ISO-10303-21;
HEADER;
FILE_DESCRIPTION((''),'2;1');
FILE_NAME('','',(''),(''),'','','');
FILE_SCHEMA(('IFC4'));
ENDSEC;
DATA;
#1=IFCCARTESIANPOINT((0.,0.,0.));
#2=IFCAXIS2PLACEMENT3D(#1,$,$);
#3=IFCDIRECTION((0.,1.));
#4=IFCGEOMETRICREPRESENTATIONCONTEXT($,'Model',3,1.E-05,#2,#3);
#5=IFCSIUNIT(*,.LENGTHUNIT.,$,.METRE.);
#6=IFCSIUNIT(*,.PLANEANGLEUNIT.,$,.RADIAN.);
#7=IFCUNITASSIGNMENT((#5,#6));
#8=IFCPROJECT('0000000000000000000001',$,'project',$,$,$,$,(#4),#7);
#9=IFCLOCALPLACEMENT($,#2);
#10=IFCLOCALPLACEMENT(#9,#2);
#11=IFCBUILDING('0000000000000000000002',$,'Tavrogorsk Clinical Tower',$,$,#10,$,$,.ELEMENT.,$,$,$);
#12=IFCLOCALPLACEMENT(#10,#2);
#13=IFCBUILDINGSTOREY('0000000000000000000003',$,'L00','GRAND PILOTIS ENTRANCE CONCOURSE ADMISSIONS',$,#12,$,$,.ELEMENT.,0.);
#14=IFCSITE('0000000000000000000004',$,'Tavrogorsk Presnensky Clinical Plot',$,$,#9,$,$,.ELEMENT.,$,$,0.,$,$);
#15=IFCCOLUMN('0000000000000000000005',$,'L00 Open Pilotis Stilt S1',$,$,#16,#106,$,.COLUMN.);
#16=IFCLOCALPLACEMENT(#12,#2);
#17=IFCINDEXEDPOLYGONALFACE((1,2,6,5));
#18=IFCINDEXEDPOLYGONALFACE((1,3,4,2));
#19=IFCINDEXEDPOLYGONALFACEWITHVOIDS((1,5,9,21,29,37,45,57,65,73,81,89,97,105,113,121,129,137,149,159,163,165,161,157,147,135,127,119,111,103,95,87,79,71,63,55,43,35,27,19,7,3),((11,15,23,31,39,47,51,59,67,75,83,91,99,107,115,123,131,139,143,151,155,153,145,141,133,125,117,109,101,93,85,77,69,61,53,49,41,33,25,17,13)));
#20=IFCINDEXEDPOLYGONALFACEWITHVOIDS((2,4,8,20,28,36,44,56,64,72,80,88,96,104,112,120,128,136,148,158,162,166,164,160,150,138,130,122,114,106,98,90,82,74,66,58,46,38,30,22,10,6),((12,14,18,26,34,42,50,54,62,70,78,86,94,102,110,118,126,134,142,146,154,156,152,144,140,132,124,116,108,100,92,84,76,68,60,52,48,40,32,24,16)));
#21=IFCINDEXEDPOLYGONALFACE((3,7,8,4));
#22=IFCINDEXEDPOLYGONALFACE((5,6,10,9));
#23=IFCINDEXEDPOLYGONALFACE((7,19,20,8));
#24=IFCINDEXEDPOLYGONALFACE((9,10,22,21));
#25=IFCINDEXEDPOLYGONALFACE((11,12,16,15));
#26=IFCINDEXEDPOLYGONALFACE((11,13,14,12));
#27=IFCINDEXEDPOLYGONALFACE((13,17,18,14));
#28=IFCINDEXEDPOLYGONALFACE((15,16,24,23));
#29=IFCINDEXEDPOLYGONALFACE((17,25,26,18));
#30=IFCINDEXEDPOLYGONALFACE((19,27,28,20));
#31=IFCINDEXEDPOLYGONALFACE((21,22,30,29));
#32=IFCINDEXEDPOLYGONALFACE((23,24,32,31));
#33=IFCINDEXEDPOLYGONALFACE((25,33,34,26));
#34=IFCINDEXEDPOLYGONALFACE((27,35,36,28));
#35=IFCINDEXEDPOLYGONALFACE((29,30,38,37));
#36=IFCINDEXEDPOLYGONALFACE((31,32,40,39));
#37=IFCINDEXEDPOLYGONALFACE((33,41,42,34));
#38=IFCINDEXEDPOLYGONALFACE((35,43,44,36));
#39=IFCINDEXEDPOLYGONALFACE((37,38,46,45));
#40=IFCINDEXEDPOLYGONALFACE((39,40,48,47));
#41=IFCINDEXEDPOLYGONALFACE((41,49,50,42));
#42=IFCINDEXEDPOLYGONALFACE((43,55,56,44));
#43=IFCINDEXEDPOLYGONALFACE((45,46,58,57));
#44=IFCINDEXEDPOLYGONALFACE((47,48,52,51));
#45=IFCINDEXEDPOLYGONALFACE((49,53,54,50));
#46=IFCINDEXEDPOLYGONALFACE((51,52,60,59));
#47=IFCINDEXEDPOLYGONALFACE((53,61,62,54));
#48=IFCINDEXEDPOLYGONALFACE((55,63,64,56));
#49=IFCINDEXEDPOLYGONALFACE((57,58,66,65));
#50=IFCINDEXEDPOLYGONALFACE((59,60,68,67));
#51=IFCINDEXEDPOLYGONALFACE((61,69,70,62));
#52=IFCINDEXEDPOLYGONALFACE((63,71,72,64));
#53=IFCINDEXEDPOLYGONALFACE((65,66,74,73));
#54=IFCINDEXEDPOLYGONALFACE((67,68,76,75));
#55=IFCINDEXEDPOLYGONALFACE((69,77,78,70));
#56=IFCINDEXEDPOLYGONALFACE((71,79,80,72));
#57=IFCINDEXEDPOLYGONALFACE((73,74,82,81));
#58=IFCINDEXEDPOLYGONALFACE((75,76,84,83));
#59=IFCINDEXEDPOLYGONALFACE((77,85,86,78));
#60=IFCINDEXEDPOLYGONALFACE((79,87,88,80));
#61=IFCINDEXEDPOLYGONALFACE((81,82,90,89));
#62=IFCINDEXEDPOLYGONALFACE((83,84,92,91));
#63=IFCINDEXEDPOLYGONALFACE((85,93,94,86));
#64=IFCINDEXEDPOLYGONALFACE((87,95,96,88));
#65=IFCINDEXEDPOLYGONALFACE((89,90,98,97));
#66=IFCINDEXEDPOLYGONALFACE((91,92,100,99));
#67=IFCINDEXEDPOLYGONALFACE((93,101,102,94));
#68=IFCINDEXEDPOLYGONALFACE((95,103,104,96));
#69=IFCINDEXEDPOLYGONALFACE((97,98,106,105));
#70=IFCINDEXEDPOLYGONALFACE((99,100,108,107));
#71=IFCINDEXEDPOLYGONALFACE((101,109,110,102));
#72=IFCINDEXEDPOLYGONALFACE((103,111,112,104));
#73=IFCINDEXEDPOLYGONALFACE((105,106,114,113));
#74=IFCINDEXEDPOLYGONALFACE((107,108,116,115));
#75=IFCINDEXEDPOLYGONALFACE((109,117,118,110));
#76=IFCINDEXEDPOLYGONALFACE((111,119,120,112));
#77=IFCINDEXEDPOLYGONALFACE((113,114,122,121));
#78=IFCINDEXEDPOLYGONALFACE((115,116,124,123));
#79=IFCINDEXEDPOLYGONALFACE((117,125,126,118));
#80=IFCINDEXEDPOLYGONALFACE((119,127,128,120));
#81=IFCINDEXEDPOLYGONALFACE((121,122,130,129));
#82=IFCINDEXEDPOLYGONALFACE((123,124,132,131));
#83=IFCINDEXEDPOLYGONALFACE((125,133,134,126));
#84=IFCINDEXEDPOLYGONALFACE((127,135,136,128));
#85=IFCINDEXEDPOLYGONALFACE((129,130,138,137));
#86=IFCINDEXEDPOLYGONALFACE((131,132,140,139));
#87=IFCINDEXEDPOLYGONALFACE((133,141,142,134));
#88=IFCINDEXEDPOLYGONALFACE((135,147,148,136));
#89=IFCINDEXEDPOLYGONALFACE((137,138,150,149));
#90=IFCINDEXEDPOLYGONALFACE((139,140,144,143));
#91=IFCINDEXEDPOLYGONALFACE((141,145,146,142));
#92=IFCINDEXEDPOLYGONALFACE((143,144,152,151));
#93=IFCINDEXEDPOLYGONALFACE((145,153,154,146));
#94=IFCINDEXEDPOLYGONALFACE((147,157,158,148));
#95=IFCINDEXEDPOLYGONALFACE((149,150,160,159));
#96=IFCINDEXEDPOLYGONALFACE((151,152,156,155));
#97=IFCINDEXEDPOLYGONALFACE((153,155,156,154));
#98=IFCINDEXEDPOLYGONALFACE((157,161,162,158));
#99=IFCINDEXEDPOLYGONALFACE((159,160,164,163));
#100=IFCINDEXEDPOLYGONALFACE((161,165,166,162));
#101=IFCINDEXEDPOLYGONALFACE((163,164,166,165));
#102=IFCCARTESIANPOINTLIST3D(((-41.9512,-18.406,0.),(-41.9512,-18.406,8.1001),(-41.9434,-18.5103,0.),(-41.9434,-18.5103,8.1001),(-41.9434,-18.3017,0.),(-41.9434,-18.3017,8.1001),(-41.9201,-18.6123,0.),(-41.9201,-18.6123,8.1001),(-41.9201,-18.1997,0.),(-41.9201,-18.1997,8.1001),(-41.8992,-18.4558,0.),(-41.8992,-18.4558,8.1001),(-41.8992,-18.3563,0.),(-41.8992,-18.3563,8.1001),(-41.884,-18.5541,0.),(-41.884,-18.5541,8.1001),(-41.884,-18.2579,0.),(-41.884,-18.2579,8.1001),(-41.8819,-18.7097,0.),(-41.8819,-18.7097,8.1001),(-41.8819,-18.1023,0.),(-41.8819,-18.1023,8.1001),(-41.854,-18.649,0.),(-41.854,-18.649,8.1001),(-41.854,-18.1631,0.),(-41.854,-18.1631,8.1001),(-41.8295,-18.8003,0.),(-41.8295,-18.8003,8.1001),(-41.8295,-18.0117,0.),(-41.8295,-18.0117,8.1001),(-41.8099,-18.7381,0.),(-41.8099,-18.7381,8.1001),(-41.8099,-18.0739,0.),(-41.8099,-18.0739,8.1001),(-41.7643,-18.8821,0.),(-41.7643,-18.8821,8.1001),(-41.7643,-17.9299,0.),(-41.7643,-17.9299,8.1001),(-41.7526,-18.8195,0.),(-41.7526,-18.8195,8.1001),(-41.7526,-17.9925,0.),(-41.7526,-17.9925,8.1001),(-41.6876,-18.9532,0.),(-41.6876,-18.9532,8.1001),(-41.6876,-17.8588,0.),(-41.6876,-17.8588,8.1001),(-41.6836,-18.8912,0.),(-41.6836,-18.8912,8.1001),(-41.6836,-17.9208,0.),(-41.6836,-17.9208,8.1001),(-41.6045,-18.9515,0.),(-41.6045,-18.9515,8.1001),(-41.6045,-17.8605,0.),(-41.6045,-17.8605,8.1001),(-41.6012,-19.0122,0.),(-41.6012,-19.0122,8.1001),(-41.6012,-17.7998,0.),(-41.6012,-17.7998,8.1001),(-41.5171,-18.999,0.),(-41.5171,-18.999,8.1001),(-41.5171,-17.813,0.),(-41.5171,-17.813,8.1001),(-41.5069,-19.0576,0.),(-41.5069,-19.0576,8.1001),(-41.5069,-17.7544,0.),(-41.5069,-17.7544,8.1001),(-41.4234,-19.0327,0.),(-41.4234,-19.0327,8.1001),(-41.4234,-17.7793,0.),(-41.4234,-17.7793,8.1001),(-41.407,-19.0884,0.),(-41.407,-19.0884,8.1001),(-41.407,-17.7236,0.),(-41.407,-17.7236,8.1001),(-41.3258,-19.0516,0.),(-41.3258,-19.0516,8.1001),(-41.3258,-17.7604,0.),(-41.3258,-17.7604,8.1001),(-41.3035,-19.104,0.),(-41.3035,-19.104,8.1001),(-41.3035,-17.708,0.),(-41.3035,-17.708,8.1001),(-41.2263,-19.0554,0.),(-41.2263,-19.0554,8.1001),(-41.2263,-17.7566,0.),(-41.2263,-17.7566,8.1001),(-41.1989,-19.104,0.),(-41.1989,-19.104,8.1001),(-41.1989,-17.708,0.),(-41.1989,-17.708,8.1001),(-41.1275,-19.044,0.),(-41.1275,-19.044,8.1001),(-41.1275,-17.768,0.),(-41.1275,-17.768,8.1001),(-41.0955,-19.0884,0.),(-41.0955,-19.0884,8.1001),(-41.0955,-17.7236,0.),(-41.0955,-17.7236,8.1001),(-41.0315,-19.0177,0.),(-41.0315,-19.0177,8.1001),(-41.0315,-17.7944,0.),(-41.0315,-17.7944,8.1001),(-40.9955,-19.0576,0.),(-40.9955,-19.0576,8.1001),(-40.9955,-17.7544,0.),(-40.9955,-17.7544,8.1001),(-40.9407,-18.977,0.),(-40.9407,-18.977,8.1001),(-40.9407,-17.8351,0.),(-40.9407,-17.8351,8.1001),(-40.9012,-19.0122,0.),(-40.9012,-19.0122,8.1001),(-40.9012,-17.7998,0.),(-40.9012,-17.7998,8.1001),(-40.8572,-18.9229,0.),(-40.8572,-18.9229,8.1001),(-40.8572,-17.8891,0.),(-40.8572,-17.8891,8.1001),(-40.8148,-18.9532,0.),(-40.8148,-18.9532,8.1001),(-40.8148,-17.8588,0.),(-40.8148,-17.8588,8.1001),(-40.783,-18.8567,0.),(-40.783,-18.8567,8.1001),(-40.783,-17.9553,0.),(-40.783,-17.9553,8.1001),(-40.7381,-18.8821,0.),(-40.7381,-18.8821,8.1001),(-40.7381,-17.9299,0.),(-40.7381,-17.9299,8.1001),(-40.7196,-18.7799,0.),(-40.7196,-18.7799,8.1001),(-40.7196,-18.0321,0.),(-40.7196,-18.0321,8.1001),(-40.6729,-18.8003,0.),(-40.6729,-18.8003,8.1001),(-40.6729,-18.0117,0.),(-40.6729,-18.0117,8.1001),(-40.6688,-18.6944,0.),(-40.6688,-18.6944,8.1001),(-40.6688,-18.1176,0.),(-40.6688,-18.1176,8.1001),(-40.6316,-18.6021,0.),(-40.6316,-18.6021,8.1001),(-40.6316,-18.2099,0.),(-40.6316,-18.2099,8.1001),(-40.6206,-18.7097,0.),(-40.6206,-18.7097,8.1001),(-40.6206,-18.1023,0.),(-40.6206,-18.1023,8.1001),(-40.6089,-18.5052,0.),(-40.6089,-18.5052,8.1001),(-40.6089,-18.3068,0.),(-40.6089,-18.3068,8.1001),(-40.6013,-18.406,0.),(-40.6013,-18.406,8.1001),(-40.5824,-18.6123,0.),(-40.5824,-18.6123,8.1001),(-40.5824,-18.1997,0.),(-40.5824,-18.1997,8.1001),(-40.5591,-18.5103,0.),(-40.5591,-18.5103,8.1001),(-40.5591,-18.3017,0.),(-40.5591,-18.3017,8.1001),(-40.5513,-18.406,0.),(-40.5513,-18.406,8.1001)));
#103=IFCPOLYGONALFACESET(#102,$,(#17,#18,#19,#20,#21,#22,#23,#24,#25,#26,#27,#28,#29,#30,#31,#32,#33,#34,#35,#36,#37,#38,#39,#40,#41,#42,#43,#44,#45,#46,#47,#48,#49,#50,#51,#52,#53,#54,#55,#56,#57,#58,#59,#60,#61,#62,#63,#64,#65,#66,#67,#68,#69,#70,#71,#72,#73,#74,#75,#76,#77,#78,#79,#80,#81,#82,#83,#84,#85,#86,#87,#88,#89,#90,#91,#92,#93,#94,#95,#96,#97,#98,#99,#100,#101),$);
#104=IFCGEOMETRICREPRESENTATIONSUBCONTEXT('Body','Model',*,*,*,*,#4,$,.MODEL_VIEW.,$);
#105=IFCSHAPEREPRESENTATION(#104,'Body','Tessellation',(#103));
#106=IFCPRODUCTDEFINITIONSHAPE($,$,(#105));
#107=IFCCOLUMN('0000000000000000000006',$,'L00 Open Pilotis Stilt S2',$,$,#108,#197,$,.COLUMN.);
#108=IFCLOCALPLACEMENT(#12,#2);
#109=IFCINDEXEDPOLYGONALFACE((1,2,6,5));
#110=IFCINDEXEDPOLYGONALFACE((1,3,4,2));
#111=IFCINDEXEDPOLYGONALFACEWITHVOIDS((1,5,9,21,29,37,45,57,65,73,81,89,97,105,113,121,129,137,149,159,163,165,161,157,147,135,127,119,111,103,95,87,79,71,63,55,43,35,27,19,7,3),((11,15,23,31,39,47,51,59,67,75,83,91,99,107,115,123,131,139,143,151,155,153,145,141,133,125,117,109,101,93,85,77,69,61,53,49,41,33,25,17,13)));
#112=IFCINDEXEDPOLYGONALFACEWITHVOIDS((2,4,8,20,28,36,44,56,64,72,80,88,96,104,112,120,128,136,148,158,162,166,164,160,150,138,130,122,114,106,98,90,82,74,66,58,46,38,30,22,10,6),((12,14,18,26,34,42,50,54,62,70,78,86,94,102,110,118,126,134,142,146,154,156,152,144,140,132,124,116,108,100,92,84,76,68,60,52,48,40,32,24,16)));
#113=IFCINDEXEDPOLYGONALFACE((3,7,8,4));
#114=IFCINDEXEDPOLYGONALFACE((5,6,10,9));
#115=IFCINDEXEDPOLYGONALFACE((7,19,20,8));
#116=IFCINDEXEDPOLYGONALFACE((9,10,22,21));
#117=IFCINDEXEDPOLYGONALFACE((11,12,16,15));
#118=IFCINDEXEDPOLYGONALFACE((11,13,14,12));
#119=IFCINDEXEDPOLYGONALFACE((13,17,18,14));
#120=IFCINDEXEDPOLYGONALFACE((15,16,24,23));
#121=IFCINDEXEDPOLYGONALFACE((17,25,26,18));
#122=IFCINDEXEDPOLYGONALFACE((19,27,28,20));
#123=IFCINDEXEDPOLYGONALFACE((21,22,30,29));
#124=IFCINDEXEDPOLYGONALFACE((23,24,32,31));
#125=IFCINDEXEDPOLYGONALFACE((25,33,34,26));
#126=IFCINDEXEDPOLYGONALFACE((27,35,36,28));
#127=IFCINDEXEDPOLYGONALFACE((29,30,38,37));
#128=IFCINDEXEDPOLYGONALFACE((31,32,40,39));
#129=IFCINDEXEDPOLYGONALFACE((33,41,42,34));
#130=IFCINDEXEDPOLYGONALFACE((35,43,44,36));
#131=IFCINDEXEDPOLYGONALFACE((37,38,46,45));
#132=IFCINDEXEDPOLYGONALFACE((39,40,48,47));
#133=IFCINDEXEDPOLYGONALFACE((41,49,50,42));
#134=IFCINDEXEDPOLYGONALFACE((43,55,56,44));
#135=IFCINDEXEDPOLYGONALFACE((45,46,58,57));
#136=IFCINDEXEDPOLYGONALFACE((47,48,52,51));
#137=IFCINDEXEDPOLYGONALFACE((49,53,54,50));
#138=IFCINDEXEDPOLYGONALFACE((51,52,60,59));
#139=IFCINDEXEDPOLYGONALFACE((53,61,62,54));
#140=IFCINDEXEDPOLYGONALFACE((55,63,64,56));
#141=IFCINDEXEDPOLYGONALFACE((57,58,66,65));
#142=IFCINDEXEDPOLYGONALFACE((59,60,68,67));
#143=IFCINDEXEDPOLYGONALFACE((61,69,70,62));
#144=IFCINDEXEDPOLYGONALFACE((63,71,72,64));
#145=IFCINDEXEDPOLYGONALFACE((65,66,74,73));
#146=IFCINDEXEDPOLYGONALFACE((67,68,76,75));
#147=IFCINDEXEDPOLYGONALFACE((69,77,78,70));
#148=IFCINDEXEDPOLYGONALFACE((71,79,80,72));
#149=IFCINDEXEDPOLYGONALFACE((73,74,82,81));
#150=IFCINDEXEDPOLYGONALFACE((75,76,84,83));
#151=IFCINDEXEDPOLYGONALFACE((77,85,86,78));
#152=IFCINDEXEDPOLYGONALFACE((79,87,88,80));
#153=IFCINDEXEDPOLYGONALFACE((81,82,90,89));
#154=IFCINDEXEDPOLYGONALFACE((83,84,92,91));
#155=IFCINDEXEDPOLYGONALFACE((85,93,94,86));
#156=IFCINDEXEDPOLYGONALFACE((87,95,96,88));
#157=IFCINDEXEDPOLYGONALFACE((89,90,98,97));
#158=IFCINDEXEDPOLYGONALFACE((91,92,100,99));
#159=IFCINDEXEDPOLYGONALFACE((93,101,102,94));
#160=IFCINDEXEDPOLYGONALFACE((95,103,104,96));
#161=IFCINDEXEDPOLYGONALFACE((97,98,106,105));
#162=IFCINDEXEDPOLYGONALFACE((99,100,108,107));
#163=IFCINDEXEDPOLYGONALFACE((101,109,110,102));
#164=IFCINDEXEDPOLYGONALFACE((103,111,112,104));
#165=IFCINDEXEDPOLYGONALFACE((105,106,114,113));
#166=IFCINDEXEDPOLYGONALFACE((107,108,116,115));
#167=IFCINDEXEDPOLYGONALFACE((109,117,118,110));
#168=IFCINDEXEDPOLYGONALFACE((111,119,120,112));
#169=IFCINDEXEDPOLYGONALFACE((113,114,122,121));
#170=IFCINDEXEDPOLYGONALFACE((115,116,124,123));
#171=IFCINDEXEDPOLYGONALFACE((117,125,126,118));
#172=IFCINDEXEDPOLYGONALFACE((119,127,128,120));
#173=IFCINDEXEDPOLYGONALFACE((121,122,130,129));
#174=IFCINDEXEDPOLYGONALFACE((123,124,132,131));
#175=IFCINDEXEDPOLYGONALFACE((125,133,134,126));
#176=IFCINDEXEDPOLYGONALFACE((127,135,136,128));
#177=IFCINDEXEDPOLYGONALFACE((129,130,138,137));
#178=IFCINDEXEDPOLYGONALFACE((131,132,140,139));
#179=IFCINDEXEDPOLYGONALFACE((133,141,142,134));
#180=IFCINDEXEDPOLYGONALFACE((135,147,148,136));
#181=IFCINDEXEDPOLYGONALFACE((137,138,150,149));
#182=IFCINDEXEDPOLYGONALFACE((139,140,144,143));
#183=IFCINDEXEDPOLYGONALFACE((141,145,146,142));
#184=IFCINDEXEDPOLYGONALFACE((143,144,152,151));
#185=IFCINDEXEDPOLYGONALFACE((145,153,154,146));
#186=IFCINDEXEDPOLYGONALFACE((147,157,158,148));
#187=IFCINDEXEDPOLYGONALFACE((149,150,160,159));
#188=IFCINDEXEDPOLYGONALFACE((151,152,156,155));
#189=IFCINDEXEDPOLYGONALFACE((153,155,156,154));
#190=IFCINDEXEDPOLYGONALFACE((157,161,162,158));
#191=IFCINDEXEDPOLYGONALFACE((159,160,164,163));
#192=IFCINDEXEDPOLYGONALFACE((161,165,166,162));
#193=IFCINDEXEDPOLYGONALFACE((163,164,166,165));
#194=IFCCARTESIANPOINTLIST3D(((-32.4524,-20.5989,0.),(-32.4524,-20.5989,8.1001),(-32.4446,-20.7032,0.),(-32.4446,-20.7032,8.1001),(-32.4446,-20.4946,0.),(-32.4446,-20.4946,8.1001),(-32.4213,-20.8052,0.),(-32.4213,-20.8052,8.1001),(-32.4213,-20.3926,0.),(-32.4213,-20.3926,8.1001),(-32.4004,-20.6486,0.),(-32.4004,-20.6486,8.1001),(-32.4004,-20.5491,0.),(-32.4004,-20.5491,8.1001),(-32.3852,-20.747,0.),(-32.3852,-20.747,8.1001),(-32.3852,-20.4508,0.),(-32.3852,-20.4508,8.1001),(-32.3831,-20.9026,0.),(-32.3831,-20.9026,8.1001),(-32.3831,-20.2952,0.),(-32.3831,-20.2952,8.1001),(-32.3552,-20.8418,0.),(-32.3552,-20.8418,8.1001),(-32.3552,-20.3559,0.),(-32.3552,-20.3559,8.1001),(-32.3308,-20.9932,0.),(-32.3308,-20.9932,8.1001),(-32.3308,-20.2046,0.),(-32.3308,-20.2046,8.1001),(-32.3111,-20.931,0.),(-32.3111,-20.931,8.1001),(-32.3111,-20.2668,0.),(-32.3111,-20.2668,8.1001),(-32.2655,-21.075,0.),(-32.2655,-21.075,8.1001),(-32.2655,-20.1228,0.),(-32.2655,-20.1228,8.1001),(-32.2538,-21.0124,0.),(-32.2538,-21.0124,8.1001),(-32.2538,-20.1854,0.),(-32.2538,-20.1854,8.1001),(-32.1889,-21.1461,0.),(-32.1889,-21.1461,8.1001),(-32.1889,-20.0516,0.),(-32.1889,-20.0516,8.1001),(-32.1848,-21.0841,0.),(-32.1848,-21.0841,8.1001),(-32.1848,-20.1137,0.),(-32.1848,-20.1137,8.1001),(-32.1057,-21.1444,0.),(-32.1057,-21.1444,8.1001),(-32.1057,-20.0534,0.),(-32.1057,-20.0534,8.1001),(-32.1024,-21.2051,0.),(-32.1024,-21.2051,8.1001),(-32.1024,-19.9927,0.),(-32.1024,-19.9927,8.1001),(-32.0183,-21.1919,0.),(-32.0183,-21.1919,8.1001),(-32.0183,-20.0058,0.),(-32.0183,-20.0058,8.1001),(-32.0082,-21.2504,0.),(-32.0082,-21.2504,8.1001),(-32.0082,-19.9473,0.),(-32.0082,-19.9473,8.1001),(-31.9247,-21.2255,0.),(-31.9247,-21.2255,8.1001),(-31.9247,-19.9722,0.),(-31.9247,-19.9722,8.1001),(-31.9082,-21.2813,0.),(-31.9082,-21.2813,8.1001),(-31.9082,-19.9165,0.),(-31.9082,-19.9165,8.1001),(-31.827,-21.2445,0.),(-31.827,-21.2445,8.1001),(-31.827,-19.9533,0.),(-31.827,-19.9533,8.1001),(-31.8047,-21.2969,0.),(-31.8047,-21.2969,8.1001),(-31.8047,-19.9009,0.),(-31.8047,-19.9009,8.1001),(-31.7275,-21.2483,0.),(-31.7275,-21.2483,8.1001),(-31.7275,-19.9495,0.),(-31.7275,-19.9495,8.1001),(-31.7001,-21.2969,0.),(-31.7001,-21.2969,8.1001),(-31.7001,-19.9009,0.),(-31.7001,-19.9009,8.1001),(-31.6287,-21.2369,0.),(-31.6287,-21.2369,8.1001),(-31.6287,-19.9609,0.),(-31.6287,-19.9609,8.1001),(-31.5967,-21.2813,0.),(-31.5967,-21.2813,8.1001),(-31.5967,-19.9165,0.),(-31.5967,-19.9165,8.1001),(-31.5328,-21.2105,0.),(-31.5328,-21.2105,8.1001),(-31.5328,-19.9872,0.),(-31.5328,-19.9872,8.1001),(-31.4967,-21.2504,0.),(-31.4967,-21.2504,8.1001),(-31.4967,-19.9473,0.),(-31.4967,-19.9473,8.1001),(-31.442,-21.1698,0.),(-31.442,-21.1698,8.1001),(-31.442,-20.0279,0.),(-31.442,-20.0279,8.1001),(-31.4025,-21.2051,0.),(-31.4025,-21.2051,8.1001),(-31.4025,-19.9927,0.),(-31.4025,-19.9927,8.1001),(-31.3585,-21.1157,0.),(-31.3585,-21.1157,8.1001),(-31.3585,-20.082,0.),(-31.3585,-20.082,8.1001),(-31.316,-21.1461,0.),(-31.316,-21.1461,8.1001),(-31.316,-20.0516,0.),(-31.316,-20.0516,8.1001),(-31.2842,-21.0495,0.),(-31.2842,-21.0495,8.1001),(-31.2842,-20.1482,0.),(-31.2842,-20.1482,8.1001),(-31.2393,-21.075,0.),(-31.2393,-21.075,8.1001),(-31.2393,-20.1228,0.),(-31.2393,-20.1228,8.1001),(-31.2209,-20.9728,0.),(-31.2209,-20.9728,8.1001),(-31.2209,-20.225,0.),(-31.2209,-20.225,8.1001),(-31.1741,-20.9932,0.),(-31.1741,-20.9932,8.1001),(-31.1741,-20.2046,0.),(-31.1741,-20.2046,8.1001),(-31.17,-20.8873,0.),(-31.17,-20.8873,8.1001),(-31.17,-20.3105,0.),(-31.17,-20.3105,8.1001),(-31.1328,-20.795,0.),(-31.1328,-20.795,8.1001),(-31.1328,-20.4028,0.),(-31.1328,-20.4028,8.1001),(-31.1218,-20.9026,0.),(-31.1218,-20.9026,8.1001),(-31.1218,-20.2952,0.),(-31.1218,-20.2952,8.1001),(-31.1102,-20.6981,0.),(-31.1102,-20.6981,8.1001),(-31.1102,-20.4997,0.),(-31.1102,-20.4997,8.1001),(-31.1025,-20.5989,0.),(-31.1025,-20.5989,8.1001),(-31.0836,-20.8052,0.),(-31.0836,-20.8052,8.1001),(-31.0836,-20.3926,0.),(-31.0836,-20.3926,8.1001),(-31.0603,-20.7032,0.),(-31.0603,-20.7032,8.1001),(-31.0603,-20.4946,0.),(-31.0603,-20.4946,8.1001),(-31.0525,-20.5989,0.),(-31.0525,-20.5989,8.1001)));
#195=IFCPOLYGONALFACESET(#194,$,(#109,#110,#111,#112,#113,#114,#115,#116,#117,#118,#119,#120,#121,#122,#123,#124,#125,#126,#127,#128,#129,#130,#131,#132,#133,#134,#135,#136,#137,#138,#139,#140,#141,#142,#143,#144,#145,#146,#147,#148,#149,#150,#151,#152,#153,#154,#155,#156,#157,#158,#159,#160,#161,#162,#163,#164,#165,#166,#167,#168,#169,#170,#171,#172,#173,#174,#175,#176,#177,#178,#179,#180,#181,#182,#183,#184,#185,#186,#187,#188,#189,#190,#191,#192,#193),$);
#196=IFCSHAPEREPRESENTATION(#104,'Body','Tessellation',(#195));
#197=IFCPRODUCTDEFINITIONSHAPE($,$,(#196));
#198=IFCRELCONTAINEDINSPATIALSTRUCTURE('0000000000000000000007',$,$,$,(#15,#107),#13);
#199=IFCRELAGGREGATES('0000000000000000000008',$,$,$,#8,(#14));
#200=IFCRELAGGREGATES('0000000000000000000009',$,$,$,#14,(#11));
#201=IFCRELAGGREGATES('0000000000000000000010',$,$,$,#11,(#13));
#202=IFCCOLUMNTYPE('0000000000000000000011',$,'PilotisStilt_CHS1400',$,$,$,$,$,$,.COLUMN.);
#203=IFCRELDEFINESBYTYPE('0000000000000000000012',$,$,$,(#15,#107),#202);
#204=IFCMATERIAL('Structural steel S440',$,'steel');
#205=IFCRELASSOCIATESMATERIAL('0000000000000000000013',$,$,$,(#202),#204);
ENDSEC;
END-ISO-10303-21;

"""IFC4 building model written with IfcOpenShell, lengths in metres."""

from ifc_helpers import new_model, si_unit, direction, frame, origin, origin_2d, place, context, subcontext, project, spatial, hollow_circle, extrude, material, material_profile, profile_set, type_object, element, save


model = new_model("IFC4")

# Units and contexts
model_context = context("Model", 3, precision=1e-05, world=origin(), true_north=direction((0.0, 1.0)))
body_context = subcontext(model_context, "Body", "Model", "MODEL_VIEW")
ifc_project = project(units=[si_unit("LENGTHUNIT", "METRE"), si_unit("PLANEANGLEUNIT", "RADIAN")], contexts=[model_context])

# Site, building, storey
site_placement = place(None, origin())
site = spatial("IfcSite", under=ifc_project, at=site_placement, Name="Tavrogorsk Presnensky Clinical Plot", CompositionType="ELEMENT", RefElevation=0.0)
building_placement = place(site_placement, origin())
building = spatial("IfcBuilding", under=site, at=building_placement, Name="Tavrogorsk Clinical Tower", CompositionType="ELEMENT")
storey_placement = place(building_placement, origin())
storey = spatial("IfcBuildingStorey", under=building, at=storey_placement, Name="L00", Description="GRAND PILOTIS ENTRANCE CONCOURSE ADMISSIONS", CompositionType="ELEMENT", Elevation=0.0)

# Columns
ifc_material_1 = material(Name="Structural steel S440", Category="steel")
ifc_material_profile_1 = material_profile(ifc_material_1, hollow_circle(Radius=0.7, WallThickness=0.05, at=origin_2d()), Name="CHS-1400x50")
ifc_profile_set_1 = profile_set([ifc_material_profile_1], Name="Structural steel S440")
column_type = type_object("IfcColumnType", Name="PilotisStilt_CHS1400", PredefinedType="COLUMN", material=ifc_profile_set_1)
for number, where, z_axis, x_axis, name in (
    (1, (-41.2512, -18.406, 0.0), (0.0, 0.0, 1.0), (1.0, 0.0, 0.0), "L00 Open Pilotis Stilt S1"),
    (2, (-31.7524, -20.5989, 0.0), (0.0, 0.0, 1.0), (1.0, 0.0, 0.0), "L00 Open Pilotis Stilt S2"),
):
    element("IfcColumn", number, at=place(storey_placement, frame(where, z_axis=z_axis, x_axis=x_axis)), inside=storey, type_object=column_type, Name=name, PredefinedType="COLUMN", context=body_context, shape_type="SweptSolid", body=[
        extrude(hollow_circle(Radius=0.7, WallThickness=0.05, at=origin_2d()), origin(), (0.0, 0.0, 1.0), 8.1001),
    ])

save(model, "model.ifc")
